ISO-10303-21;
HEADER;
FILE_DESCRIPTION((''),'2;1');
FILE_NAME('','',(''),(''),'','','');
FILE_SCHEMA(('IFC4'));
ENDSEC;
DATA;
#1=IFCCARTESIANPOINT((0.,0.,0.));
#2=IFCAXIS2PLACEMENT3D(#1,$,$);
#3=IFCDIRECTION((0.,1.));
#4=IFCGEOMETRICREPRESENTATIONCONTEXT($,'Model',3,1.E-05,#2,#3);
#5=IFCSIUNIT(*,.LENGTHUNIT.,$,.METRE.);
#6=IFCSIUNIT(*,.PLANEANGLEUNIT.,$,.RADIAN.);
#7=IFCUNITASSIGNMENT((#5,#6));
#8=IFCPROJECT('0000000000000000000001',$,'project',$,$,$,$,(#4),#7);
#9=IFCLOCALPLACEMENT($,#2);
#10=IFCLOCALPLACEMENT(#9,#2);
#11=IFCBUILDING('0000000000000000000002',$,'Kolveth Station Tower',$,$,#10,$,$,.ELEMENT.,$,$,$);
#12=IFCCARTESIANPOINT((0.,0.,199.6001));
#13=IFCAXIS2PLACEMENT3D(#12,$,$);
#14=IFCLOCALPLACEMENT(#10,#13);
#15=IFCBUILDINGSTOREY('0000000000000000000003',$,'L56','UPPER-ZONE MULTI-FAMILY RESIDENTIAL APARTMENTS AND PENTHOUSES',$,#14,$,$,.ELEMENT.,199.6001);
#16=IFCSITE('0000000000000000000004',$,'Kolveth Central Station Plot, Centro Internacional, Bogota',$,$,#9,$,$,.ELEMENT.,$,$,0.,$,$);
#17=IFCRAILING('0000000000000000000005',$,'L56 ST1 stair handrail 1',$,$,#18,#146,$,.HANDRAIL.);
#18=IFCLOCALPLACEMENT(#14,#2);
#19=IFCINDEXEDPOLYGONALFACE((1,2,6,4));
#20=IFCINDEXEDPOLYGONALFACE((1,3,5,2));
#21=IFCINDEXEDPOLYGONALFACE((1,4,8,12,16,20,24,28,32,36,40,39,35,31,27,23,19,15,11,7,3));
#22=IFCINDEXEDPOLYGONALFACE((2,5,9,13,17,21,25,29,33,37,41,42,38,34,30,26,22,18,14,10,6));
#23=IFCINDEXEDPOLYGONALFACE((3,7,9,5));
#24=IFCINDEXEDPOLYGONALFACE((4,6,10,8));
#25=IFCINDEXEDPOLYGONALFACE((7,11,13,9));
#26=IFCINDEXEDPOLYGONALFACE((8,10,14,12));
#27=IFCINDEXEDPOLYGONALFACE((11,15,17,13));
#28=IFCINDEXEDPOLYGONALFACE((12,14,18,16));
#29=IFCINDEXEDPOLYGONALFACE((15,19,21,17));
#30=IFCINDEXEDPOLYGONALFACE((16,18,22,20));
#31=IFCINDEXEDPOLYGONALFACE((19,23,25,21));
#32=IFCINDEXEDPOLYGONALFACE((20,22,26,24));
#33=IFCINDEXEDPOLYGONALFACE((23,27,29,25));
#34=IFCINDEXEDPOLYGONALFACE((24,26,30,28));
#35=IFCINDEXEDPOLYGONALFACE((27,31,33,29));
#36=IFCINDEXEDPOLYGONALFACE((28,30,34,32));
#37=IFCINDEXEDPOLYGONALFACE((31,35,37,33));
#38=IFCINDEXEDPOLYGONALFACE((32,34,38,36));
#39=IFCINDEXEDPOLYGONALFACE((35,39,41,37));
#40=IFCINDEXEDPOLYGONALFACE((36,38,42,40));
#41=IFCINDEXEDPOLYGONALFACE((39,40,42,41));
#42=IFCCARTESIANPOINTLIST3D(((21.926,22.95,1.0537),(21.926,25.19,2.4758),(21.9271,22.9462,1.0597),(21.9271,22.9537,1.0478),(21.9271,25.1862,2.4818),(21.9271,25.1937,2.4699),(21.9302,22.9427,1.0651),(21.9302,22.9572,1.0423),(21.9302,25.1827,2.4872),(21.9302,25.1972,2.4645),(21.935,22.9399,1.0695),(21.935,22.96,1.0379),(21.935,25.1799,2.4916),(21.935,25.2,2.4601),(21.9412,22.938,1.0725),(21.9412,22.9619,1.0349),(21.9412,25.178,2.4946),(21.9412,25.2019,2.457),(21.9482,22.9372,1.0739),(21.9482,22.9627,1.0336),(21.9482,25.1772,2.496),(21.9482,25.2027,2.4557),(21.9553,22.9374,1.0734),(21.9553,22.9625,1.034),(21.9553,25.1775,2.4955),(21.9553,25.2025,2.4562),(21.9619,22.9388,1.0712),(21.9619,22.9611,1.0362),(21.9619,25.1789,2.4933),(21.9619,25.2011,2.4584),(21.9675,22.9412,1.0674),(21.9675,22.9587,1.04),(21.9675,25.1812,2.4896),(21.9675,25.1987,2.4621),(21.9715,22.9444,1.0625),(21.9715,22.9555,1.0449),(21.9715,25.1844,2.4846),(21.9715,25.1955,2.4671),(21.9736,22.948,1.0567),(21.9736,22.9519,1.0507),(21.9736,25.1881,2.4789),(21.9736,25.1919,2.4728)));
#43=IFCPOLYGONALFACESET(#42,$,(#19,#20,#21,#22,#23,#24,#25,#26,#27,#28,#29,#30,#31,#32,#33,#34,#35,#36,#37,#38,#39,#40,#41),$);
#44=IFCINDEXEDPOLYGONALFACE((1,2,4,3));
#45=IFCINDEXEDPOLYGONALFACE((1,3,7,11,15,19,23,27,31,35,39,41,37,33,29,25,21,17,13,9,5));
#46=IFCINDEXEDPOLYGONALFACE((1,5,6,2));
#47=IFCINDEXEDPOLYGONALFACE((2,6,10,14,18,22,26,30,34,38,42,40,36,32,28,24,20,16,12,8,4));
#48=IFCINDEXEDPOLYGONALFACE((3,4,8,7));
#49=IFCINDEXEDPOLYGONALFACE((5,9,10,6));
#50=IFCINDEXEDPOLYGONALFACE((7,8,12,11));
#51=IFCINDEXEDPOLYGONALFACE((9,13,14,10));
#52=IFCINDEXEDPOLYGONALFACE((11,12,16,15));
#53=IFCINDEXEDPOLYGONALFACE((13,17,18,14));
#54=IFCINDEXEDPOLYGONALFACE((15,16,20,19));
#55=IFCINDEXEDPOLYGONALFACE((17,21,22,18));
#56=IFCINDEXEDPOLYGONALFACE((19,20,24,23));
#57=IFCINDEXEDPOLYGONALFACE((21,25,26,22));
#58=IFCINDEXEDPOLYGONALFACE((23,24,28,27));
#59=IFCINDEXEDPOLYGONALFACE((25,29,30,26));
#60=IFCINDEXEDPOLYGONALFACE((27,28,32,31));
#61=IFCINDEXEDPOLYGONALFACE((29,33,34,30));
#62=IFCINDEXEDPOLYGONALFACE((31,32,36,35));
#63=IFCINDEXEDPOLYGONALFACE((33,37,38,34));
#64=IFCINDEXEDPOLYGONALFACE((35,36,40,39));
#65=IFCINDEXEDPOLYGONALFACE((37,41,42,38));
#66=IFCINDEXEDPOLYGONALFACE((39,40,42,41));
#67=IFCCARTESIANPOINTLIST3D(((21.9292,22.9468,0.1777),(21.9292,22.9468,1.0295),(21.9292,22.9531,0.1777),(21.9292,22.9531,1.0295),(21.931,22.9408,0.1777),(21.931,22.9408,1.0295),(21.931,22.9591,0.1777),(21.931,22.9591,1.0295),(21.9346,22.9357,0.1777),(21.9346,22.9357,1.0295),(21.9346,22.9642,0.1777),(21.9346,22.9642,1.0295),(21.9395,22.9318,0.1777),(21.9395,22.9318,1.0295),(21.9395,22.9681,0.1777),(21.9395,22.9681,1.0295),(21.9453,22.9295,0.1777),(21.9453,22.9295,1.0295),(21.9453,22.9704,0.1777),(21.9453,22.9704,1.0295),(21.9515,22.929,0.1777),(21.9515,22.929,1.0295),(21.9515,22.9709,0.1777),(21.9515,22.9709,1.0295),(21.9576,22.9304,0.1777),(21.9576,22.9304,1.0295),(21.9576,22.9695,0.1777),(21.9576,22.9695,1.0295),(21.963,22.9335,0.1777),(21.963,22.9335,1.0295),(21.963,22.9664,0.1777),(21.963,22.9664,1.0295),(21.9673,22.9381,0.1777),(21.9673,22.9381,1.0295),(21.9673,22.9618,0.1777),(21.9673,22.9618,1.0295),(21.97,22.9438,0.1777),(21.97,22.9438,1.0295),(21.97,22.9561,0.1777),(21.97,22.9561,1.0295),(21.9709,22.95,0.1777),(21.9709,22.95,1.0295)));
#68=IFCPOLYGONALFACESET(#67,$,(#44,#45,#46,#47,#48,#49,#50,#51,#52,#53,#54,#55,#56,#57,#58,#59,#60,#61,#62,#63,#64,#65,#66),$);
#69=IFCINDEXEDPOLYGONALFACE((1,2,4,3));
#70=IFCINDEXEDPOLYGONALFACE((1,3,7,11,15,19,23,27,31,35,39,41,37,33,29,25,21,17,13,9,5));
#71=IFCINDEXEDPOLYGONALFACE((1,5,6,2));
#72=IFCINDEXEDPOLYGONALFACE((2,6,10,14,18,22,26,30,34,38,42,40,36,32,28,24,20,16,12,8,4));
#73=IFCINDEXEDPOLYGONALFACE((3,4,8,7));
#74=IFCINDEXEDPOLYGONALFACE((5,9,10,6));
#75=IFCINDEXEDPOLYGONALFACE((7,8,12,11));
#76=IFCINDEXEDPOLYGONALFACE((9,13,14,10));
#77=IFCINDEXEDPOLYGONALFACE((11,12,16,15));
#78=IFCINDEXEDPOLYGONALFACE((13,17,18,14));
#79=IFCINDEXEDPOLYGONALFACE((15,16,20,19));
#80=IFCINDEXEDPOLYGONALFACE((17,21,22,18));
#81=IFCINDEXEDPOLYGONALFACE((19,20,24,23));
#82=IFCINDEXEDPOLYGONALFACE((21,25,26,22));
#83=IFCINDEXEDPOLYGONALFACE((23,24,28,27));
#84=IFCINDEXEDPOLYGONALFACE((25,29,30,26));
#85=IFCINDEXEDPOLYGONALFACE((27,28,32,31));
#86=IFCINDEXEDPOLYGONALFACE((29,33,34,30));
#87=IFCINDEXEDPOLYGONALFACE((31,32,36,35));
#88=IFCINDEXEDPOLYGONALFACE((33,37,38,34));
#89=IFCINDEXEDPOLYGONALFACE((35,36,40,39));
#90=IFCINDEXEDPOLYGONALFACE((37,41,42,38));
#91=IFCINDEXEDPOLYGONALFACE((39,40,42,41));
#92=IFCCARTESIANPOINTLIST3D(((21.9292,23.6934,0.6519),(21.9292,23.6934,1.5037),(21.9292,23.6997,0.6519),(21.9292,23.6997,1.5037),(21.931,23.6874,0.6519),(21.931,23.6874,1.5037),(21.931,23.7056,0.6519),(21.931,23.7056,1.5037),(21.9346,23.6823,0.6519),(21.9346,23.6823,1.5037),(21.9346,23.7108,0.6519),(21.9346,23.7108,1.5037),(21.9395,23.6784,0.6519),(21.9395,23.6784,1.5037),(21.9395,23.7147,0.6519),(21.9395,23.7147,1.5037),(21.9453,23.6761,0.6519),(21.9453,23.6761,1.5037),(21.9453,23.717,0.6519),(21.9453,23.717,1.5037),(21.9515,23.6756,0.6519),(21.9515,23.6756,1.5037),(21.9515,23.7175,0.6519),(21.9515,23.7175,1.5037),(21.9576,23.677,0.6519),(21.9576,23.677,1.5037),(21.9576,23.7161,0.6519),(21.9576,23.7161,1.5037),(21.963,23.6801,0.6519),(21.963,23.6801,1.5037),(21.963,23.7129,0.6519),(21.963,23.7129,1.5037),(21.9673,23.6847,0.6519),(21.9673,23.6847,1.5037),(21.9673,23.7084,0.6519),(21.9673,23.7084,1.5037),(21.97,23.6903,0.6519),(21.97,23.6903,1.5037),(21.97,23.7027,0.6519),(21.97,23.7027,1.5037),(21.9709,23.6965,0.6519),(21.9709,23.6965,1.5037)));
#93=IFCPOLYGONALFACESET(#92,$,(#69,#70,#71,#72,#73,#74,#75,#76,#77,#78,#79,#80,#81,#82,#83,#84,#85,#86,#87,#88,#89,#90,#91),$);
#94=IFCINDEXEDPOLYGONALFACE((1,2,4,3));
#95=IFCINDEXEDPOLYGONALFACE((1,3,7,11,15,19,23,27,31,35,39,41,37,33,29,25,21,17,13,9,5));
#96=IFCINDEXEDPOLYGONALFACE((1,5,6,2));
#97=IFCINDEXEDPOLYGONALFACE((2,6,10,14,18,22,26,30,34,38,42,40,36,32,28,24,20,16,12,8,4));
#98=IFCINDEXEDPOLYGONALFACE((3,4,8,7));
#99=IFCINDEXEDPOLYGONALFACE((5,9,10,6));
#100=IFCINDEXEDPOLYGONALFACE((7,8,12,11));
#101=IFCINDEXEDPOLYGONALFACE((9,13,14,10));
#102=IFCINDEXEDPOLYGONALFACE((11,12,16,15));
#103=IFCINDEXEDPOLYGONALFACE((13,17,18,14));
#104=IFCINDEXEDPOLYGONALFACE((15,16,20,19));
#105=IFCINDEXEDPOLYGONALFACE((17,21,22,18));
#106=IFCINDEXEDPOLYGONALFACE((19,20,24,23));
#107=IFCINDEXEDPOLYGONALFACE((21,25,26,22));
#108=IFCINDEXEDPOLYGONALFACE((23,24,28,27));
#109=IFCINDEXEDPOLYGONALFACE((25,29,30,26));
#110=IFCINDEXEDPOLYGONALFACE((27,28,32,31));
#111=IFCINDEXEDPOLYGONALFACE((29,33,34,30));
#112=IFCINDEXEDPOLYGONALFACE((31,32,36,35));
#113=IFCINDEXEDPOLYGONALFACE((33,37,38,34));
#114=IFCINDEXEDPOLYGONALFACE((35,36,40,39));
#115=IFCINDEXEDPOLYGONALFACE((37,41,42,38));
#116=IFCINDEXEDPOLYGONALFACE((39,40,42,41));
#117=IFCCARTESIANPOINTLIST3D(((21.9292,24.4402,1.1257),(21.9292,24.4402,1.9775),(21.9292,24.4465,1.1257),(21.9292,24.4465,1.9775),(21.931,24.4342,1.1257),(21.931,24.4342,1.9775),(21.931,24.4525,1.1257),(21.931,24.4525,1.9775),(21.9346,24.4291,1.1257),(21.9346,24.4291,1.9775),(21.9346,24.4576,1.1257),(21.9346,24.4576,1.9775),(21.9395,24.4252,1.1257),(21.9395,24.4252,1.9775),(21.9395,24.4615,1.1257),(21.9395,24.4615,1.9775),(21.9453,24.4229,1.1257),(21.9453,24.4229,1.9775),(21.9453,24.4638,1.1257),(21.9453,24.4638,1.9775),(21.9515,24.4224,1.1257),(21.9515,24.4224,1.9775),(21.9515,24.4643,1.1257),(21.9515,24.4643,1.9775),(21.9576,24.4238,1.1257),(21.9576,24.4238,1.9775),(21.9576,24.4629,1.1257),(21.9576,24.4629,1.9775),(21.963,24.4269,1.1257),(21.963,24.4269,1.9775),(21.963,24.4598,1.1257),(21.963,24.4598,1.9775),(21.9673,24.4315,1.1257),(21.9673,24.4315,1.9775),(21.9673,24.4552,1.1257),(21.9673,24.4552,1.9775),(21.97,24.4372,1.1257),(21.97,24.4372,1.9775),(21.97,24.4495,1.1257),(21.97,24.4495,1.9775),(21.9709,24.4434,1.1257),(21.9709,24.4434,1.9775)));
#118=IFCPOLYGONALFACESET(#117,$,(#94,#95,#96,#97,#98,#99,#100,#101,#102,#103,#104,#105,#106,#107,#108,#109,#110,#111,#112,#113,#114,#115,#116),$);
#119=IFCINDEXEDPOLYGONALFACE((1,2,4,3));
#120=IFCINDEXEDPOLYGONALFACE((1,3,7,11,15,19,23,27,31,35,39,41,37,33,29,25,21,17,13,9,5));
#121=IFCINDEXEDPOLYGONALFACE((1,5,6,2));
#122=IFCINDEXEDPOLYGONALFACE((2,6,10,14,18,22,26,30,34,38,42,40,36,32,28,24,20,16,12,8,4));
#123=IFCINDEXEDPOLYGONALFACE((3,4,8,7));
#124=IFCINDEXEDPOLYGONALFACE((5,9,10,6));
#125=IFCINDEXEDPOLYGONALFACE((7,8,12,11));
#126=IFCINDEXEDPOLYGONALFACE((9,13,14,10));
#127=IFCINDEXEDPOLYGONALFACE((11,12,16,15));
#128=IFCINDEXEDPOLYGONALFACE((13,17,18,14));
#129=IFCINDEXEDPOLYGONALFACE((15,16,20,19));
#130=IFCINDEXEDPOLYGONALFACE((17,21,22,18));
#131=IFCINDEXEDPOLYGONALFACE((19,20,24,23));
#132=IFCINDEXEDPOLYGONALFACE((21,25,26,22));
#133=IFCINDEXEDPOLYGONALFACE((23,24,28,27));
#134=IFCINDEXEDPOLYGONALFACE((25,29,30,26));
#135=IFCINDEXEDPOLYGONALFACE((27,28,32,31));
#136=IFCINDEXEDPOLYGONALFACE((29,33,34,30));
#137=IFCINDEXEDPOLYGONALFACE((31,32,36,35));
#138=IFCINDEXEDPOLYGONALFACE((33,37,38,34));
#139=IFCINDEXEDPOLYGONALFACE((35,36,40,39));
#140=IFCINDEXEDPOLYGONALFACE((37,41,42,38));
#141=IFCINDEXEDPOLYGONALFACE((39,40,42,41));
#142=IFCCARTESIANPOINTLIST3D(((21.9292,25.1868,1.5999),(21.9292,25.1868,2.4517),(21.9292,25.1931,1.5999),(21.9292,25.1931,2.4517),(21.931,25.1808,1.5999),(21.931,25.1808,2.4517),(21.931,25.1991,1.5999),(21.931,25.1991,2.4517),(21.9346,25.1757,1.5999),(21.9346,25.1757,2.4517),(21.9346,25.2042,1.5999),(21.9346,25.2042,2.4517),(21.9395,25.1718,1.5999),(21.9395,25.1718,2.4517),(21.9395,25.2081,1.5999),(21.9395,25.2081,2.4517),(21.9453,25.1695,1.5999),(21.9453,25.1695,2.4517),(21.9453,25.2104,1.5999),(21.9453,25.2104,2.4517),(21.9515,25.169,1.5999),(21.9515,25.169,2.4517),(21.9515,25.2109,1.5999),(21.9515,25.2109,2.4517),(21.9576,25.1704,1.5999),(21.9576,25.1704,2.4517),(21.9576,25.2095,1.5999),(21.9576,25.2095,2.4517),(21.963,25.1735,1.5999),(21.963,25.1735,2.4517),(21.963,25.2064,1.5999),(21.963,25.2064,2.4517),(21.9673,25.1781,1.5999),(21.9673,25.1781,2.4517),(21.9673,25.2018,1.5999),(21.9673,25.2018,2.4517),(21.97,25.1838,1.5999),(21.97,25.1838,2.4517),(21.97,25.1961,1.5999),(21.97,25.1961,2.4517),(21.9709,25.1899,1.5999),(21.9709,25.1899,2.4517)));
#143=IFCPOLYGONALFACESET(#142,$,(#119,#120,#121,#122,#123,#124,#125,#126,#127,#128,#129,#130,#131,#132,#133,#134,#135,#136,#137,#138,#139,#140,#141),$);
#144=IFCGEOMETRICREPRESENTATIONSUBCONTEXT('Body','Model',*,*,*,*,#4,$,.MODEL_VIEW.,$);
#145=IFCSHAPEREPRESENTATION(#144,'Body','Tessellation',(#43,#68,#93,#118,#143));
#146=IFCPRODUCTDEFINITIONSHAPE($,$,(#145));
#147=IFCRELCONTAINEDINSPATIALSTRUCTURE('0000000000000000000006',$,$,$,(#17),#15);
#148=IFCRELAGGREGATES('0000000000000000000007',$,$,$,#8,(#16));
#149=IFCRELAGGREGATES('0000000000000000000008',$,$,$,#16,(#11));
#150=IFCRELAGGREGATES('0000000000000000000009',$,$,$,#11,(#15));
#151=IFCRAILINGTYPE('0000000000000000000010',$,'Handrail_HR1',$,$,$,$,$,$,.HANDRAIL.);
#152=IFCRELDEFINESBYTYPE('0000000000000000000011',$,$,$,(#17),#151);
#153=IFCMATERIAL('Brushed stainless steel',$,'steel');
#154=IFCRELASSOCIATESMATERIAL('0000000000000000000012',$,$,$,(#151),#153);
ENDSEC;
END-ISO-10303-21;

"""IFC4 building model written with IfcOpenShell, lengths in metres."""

from ifc_helpers import new_model, si_unit, direction, frame, origin, origin_2d, place, context, subcontext, project, spatial, circle, extrude, material, type_object, element, save


model = new_model("IFC4")

# Units and contexts
model_context = context("Model", 3, precision=1e-05, world=origin(), true_north=direction((0.0, 1.0)))
body_context = subcontext(model_context, "Body", "Model", "MODEL_VIEW")
ifc_project = project(units=[si_unit("LENGTHUNIT", "METRE"), si_unit("PLANEANGLEUNIT", "RADIAN")], contexts=[model_context])

# Site, building, storey
site_placement = place(None, origin())
site = spatial("IfcSite", under=ifc_project, at=site_placement, Name="Kolveth Central Station Plot, Centro Internacional, Bogota", CompositionType="ELEMENT", RefElevation=0.0)
building_placement = place(site_placement, origin())
building = spatial("IfcBuilding", under=site, at=building_placement, Name="Kolveth Station Tower", CompositionType="ELEMENT")
storey_placement = place(building_placement, frame((0.0, 0.0, 199.6001)))
storey = spatial("IfcBuildingStorey", under=building, at=storey_placement, Name="L56", Description="UPPER-ZONE MULTI-FAMILY RESIDENTIAL APARTMENTS AND PENTHOUSES", CompositionType="ELEMENT", Elevation=199.6001)

# Railing
ifc_material_1 = material(Name="Brushed stainless steel", Category="steel")
railing_type_1 = type_object("IfcRailingType", Name="Handrail_HR1", PredefinedType="HANDRAIL", material=ifc_material_1)
for number, where, name in (
    (1, (21.95, 22.95, 0.1777), "L56 ST1 stair handrail 1"),
):
    element("IfcRailing", number, at=place(storey_placement, frame(where)), inside=storey, type_object=railing_type_1, Name=name, PredefinedType="HANDRAIL", context=body_context, shape_type="SweptSolid", body=[
        extrude(circle(Radius=0.0239, at=origin_2d()), frame((0.0, 0.0, 0.876), z_axis=(0.0, 0.844229, 0.535982), x_axis=(-1.0, 0.0, 0.0)), (0.0, 0.0, 1.0), 2.6533),
        extrude(circle(Radius=0.021, at=origin_2d()), origin(), (0.0, 0.0, 1.0), 0.8518),
        extrude(circle(Radius=0.021, at=origin_2d()), frame((0.0, 0.7466, 0.4741)), (0.0, 0.0, 1.0), 0.8518),
        extrude(circle(Radius=0.021, at=origin_2d()), frame((0.0, 1.4934, 0.948)), (0.0, 0.0, 1.0), 0.8518),
        extrude(circle(Radius=0.021, at=origin_2d()), frame((0.0, 2.24, 1.4221)), (0.0, 0.0, 1.0), 0.8518),
    ])

save(model, "model.ifc")
